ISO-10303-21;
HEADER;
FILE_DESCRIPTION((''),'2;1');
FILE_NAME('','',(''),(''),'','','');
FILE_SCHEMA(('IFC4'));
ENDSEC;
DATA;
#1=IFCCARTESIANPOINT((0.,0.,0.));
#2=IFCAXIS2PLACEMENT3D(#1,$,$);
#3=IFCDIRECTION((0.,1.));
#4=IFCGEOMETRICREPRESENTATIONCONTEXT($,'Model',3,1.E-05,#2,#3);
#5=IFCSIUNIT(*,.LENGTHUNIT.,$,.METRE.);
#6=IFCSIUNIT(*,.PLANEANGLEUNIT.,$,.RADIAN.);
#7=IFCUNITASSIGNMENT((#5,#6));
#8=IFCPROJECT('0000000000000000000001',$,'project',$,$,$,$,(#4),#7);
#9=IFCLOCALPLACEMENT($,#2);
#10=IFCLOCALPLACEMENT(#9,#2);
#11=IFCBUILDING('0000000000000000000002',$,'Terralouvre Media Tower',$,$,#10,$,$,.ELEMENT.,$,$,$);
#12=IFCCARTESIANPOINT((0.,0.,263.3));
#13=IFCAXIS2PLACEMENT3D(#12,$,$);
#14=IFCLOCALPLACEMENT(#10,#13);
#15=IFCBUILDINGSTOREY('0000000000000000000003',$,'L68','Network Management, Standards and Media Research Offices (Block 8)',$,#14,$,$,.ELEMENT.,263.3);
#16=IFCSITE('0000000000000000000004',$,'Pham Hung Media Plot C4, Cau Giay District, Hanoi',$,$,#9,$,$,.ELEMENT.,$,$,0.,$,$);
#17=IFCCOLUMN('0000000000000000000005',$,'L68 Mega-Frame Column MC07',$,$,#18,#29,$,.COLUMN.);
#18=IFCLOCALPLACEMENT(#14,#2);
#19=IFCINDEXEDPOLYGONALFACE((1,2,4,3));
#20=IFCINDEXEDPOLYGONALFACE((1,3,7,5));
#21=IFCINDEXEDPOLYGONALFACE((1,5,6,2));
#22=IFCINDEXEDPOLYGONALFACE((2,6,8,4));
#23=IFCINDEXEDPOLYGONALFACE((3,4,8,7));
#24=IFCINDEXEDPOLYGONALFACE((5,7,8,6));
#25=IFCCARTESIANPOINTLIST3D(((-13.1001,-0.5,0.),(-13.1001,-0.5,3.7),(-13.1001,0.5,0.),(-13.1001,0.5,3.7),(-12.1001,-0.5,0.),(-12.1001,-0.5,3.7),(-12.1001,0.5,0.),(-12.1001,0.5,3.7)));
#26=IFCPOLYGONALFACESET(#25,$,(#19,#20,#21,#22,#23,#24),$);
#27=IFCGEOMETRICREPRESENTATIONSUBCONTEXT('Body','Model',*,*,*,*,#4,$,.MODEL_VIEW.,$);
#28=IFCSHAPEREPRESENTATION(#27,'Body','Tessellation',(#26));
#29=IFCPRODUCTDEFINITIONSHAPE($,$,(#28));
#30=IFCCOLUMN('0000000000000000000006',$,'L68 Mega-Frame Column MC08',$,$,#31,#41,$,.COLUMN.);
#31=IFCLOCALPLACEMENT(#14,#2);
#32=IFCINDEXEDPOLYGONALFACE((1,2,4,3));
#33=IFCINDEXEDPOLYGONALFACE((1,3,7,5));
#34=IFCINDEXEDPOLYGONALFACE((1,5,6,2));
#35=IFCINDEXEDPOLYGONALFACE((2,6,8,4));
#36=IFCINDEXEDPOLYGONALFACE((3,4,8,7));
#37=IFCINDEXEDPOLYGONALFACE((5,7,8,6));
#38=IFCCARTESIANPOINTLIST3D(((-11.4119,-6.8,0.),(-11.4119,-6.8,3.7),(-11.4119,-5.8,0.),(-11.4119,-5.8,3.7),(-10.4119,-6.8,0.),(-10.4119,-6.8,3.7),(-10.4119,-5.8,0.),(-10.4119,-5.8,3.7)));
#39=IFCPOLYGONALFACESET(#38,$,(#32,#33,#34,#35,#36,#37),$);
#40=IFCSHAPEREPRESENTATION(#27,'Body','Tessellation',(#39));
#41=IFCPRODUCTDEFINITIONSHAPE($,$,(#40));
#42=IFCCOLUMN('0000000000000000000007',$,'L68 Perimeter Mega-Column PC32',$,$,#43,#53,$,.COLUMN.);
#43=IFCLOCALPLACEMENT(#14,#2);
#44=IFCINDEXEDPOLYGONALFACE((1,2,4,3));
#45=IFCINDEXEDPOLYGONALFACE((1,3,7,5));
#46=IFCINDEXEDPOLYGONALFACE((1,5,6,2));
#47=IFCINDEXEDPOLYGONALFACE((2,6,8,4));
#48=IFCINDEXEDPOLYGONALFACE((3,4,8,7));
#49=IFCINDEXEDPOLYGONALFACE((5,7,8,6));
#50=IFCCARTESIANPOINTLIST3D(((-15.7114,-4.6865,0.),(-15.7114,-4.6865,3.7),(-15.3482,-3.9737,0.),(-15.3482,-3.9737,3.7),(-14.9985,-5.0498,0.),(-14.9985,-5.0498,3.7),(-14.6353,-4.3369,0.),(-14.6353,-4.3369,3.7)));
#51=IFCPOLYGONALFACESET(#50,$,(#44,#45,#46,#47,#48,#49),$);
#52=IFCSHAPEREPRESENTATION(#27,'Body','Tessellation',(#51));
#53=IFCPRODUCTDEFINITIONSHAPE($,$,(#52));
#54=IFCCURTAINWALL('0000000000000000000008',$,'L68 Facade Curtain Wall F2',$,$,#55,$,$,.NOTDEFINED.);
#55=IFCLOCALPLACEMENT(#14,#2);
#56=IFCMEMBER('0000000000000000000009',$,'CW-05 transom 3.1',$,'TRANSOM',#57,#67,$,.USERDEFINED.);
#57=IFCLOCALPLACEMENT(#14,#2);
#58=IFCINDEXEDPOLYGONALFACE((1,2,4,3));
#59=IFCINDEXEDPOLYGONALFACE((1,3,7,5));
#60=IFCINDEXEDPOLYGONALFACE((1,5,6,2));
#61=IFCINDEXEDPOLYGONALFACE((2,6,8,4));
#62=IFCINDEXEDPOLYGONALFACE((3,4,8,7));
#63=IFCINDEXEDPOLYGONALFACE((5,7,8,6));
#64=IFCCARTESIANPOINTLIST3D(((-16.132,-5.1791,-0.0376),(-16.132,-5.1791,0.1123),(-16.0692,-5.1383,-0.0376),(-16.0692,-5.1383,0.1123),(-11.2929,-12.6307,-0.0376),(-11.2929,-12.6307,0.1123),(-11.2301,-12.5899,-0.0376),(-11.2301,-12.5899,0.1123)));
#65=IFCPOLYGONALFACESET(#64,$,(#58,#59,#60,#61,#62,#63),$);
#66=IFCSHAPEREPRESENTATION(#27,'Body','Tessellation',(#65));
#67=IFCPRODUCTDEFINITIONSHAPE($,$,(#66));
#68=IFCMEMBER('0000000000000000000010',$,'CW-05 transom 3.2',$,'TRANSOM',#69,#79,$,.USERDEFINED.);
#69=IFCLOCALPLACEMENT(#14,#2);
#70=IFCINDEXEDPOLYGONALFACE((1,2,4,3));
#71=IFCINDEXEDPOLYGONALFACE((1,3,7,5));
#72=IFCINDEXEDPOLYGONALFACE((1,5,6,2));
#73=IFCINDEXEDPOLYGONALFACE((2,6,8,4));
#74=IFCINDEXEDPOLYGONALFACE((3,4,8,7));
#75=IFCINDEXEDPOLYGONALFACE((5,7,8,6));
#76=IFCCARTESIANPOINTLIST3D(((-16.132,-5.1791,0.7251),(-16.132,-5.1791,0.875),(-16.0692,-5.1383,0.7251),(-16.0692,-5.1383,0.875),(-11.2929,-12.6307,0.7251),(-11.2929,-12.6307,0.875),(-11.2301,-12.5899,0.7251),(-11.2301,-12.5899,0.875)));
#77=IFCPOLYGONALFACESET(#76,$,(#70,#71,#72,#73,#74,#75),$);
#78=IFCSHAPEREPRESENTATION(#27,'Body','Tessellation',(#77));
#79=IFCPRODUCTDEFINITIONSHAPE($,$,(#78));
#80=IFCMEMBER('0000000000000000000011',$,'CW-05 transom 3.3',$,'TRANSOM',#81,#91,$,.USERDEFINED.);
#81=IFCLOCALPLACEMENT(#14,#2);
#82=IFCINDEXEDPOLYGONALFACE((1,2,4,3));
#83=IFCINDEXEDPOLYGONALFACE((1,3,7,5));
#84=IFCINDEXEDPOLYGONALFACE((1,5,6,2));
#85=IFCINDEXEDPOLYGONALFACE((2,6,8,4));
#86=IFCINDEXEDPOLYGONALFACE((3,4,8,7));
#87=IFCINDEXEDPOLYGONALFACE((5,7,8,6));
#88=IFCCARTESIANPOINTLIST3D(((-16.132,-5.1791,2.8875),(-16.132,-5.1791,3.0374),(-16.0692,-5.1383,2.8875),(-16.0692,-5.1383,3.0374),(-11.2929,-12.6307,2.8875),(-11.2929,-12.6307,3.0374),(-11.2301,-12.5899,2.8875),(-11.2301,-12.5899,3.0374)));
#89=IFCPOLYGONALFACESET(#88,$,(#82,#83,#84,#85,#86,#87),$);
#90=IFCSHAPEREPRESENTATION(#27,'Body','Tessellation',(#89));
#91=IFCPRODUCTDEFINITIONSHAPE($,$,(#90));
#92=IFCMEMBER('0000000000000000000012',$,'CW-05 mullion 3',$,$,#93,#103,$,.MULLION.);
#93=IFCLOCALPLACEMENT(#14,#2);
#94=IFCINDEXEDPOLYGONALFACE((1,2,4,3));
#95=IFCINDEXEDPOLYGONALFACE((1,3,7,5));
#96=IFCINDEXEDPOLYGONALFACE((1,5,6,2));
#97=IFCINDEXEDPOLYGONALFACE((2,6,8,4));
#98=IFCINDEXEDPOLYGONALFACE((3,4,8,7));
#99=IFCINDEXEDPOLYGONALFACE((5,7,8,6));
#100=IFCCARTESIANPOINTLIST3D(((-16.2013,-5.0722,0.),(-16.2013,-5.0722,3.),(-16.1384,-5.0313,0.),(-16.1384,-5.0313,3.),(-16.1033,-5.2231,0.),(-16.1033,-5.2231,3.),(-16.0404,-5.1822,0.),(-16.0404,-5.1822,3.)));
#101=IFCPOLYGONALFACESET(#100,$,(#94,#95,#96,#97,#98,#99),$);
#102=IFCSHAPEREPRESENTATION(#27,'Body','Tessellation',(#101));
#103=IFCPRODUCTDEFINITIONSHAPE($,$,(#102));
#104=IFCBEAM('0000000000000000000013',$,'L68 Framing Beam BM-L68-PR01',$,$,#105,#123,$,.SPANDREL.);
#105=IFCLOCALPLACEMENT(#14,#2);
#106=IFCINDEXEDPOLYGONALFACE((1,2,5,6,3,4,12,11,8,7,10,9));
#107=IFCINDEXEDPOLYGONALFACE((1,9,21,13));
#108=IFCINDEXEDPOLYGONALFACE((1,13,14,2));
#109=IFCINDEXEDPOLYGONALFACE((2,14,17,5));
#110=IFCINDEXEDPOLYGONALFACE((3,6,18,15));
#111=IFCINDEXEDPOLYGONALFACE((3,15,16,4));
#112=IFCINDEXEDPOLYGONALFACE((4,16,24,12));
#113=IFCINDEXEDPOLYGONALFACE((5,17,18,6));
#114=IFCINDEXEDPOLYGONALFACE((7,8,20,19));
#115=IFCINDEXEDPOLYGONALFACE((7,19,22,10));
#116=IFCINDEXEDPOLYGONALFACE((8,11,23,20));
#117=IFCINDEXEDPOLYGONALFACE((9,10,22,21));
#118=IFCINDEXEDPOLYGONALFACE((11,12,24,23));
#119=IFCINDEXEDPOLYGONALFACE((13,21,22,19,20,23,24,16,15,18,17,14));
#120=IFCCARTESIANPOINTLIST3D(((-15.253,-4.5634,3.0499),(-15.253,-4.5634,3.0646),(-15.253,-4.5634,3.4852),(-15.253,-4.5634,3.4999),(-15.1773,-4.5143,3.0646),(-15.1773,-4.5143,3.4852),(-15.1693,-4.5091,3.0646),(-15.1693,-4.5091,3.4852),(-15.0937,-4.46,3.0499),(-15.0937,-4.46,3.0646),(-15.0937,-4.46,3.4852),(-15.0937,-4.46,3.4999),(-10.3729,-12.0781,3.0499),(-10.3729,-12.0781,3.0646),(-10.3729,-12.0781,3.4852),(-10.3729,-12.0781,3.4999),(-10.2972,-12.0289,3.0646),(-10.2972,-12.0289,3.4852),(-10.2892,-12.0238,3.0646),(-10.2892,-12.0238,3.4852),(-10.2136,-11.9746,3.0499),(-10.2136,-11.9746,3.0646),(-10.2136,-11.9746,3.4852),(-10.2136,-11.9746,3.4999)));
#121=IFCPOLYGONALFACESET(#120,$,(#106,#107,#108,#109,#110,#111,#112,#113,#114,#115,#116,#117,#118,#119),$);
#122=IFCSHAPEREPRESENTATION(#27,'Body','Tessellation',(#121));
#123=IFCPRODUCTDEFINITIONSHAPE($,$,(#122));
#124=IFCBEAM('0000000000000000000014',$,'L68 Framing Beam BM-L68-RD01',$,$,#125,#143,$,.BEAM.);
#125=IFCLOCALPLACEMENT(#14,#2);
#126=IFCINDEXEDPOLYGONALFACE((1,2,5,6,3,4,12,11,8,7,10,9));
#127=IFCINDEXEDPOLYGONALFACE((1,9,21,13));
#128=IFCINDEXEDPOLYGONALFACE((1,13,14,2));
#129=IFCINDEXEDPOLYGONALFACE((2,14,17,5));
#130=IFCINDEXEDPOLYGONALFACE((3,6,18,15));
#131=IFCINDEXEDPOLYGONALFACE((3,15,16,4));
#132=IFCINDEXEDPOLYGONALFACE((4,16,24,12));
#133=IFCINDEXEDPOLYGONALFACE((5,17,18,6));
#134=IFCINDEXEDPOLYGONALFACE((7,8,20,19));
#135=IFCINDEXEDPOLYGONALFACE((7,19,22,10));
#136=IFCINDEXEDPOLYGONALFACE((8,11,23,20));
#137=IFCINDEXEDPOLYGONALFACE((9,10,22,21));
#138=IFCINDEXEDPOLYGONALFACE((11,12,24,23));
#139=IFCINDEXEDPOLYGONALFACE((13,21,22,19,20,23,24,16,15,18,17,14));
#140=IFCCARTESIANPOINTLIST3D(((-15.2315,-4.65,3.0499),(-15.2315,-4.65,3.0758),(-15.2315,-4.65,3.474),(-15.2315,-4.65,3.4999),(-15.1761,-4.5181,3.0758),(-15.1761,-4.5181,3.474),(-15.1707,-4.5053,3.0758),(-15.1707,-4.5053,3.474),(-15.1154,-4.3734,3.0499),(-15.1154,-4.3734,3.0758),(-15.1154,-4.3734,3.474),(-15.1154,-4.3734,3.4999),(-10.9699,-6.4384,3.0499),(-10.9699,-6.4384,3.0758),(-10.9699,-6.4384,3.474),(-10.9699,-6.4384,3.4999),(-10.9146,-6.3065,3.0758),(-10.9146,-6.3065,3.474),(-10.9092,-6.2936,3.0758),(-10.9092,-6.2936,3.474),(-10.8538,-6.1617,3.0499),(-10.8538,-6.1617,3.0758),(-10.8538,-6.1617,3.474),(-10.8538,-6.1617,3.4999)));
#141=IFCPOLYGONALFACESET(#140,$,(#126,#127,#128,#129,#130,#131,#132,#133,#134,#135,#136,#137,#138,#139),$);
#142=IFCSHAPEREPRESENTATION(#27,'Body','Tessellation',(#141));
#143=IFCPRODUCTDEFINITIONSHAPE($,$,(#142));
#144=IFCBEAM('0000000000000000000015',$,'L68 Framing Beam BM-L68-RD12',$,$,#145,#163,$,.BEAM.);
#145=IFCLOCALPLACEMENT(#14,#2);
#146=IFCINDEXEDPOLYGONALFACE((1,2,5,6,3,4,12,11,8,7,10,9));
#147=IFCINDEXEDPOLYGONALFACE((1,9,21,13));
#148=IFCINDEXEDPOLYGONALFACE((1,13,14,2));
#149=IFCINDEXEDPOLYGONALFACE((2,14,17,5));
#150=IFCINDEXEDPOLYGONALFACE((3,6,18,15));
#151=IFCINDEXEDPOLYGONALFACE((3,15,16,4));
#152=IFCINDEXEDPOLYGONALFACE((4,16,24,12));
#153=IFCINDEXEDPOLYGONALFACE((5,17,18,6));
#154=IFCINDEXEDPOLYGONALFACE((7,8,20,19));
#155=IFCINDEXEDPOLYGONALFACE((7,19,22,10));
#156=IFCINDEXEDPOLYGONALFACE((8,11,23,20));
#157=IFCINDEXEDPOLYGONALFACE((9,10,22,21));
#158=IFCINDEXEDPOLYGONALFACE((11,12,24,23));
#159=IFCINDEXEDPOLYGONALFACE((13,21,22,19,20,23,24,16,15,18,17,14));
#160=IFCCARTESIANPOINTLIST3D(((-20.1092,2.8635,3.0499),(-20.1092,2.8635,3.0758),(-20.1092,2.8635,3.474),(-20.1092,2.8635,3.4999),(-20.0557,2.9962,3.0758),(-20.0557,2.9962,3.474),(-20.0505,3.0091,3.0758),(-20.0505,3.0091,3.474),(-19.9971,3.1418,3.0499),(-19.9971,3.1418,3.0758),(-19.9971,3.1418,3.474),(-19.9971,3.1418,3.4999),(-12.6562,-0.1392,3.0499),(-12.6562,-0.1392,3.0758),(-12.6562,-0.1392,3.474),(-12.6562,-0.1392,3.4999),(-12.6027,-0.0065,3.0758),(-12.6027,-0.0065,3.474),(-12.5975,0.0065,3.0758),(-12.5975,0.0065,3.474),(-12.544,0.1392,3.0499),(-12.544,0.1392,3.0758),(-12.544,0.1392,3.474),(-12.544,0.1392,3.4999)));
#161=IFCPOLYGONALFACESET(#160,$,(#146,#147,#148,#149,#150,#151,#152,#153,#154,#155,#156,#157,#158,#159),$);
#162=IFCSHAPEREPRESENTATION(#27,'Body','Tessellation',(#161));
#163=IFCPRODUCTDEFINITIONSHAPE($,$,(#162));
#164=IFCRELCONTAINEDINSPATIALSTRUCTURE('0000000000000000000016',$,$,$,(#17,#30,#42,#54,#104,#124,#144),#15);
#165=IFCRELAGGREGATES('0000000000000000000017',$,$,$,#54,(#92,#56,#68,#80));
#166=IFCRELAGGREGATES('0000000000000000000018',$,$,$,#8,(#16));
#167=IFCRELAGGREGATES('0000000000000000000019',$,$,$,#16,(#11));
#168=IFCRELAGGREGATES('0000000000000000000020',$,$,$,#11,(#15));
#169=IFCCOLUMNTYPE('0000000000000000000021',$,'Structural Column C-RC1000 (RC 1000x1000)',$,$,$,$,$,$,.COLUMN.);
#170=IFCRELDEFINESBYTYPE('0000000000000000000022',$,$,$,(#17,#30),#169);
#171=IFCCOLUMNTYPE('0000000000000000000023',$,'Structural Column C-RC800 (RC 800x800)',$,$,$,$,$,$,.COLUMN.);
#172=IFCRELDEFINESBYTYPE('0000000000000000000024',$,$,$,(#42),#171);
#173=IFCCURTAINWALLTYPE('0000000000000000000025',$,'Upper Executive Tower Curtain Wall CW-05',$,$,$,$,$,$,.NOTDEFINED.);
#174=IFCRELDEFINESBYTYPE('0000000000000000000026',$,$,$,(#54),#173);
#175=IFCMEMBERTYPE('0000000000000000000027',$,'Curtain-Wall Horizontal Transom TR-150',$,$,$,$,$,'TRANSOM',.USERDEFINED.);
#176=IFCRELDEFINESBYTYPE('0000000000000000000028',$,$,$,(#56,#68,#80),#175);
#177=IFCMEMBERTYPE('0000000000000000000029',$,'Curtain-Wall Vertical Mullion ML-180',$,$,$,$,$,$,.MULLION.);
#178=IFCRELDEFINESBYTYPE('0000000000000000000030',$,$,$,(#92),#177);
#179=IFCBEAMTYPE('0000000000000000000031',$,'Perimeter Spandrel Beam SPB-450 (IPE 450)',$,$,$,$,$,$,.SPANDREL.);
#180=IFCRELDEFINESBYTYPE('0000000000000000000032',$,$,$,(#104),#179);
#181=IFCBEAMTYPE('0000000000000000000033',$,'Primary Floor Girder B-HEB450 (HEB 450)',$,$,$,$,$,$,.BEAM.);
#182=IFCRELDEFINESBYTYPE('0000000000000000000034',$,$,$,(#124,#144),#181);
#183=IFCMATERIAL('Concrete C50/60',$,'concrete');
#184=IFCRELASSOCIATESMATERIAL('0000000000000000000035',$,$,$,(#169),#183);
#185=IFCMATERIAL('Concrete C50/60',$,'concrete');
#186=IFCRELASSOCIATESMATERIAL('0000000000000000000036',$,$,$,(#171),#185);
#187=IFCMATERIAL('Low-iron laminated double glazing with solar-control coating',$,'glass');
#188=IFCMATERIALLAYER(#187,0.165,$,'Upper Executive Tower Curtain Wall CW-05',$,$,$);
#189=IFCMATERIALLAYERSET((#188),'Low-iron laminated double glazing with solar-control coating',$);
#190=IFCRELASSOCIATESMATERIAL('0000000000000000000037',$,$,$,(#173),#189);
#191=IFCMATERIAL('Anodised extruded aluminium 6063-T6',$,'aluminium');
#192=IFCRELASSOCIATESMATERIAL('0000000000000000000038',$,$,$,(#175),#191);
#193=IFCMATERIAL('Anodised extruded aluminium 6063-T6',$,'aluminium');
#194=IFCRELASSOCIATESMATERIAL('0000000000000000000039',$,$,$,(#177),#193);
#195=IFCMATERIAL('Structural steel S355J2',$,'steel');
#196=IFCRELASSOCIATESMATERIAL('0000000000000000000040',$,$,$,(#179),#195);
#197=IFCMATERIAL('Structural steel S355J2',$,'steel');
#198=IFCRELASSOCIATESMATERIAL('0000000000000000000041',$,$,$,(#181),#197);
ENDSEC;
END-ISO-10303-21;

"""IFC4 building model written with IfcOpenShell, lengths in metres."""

from ifc_helpers import new_model, si_unit, direction, frame, origin, origin_2d, place, context, subcontext, project, spatial, rectangle, i_section, extrude, material, layer, layer_set, material_profile, profile_set, type_object, element, aggregate, save


model = new_model("IFC4")

# Units and contexts
model_context = context("Model", 3, precision=1e-05, world=origin(), true_north=direction((0.0, 1.0)))
body_context = subcontext(model_context, "Body", "Model", "MODEL_VIEW")
ifc_project = project(units=[si_unit("LENGTHUNIT", "METRE"), si_unit("PLANEANGLEUNIT", "RADIAN")], contexts=[model_context])

# Site, building, storey
site_placement = place(None, origin())
site = spatial("IfcSite", under=ifc_project, at=site_placement, Name="Pham Hung Media Plot C4, Cau Giay District, Hanoi", CompositionType="ELEMENT", RefElevation=0.0)
building_placement = place(site_placement, origin())
building = spatial("IfcBuilding", under=site, at=building_placement, Name="Terralouvre Media Tower", CompositionType="ELEMENT")
storey_placement = place(building_placement, frame((0.0, 0.0, 263.3)))
storey = spatial("IfcBuildingStorey", under=building, at=storey_placement, Name="L68", Description="Network Management, Standards and Media Research Offices (Block 8)", CompositionType="ELEMENT", Elevation=263.3)

# Columns
ifc_material_1 = material(Name="Concrete C50/60", Category="concrete")
ifc_material_profile_1 = material_profile(ifc_material_1, rectangle(XDim=1.0, YDim=1.0, at=origin_2d()), Name="RC 1000x1000")
ifc_profile_set_1 = profile_set([ifc_material_profile_1], Name="Concrete C50/60")
column_type_1 = type_object("IfcColumnType", Name="Structural Column C-RC1000 (RC 1000x1000)", PredefinedType="COLUMN", material=ifc_profile_set_1)
for number, where, z_axis, x_axis, name in (
    (1, (-12.6001, 0.0, 0.0), (0.0, 0.0, 1.0), (1.0, 0.0, 0.0), "L68 Mega-Frame Column MC07"),
    (2, (-10.9119, -6.3, 0.0), (0.0, 0.0, 1.0), (1.0, 0.0, 0.0), "L68 Mega-Frame Column MC08"),
):
    element("IfcColumn", number, at=place(storey_placement, frame(where, z_axis=z_axis, x_axis=x_axis)), inside=storey, type_object=column_type_1, Name=name, PredefinedType="COLUMN", context=body_context, shape_type="SweptSolid", body=[
        extrude(rectangle(XDim=1.0, YDim=1.0, at=origin_2d()), origin(), (0.0, 0.0, 1.0), 3.7),
    ])
ifc_material_2 = material(Name="Concrete C50/60", Category="concrete")
ifc_material_profile_2 = material_profile(ifc_material_2, rectangle(XDim=0.8, YDim=0.8, at=origin_2d()), Name="RC 800x800")
ifc_profile_set_2 = profile_set([ifc_material_profile_2], Name="Concrete C50/60")
column_type_2 = type_object("IfcColumnType", Name="Structural Column C-RC800 (RC 800x800)", PredefinedType="COLUMN", material=ifc_profile_set_2)
column_placement = place(storey_placement, frame((-15.1733, -4.5117, 0.0), z_axis=(0.0, 0.0, 1.0), x_axis=(0.45399, 0.891007, 0.0)))
element("IfcColumn", 3, at=column_placement, inside=storey, type_object=column_type_2, Name="L68 Perimeter Mega-Column PC32", PredefinedType="COLUMN", context=body_context, shape_type="SweptSolid", body=[
    extrude(rectangle(XDim=0.8, YDim=0.8, at=origin_2d()), origin(), (0.0, 0.0, 1.0), 3.7),
])

# Curtain wall, members
ifc_material_3 = material(Name="Low-iron laminated double glazing with solar-control coating", Category="glass")
ifc_layer_1 = layer(ifc_material_3, 0.165, Name="Upper Executive Tower Curtain Wall CW-05")
ifc_layer_set_1 = layer_set([ifc_layer_1], Name="Low-iron laminated double glazing with solar-control coating")
curtain_wall_type = type_object("IfcCurtainWallType", Name="Upper Executive Tower Curtain Wall CW-05", PredefinedType="NOTDEFINED", material=ifc_layer_set_1)
curtain_wall_placement = place(storey_placement, origin())
curtain_wall = element("IfcCurtainWall", 4, at=curtain_wall_placement, inside=storey, type_object=curtain_wall_type, Name="L68 Facade Curtain Wall F2", PredefinedType="NOTDEFINED")
ifc_material_4 = material(Name="Anodised extruded aluminium 6063-T6", Category="aluminium")
ifc_material_profile_3 = material_profile(ifc_material_4, rectangle(XDim=0.075, YDim=0.1499, at=origin_2d()), Name="ALU 75x150")
ifc_profile_set_3 = profile_set([ifc_material_profile_3], Name="Anodised extruded aluminium 6063-T6")
member_type_1 = type_object("IfcMemberType", Name="Curtain-Wall Horizontal Transom TR-150", ElementType="TRANSOM", PredefinedType="USERDEFINED", material=ifc_profile_set_3)
member_1_placement = place(storey_placement, frame((-16.1006, -5.1587, 0.0374), z_axis=(0.544635, -0.838673, 0.0), x_axis=(0.838673, 0.544635, 0.0)))
member_1 = element("IfcMember", 5, at=member_1_placement, type_object=member_type_1, Name="CW-05 transom 3.1", ObjectType="TRANSOM", PredefinedType="USERDEFINED", context=body_context, shape_type="SweptSolid", body=[
    extrude(rectangle(XDim=0.075, YDim=0.1499, at=origin_2d()), origin(), (0.0, 0.0, 1.0), 8.885),
])
member_2_placement = place(storey_placement, frame((-16.1006, -5.1587, 0.8), z_axis=(0.544635, -0.838673, 0.0), x_axis=(0.838673, 0.544635, 0.0)))
member_2 = element("IfcMember", 6, at=member_2_placement, type_object=member_type_1, Name="CW-05 transom 3.2", ObjectType="TRANSOM", PredefinedType="USERDEFINED", context=body_context, shape_type="SweptSolid", body=[
    extrude(rectangle(XDim=0.075, YDim=0.1499, at=origin_2d()), origin(), (0.0, 0.0, 1.0), 8.885),
])
member_3_placement = place(storey_placement, frame((-16.1006, -5.1587, 2.9624), z_axis=(0.544635, -0.838673, 0.0), x_axis=(0.838673, 0.544635, 0.0)))
member_3 = element("IfcMember", 7, at=member_3_placement, type_object=member_type_1, Name="CW-05 transom 3.3", ObjectType="TRANSOM", PredefinedType="USERDEFINED", context=body_context, shape_type="SweptSolid", body=[
    extrude(rectangle(XDim=0.075, YDim=0.1499, at=origin_2d()), origin(), (0.0, 0.0, 1.0), 8.885),
])
ifc_material_5 = material(Name="Anodised extruded aluminium 6063-T6", Category="aluminium")
ifc_material_profile_4 = material_profile(ifc_material_5, rectangle(XDim=0.075, YDim=0.1799, at=origin_2d()), Name="ALU 75x180")
ifc_profile_set_4 = profile_set([ifc_material_profile_4], Name="Anodised extruded aluminium 6063-T6")
member_type_2 = type_object("IfcMemberType", Name="Curtain-Wall Vertical Mullion ML-180", PredefinedType="MULLION", material=ifc_profile_set_4)
member_4_placement = place(storey_placement, frame((-16.1208, -5.1272, 0.0), z_axis=(0.0, 0.0, 1.0), x_axis=(0.838671, 0.544639, 0.0)))
member_4 = element("IfcMember", 8, at=member_4_placement, type_object=member_type_2, Name="CW-05 mullion 3", PredefinedType="MULLION", context=body_context, shape_type="SweptSolid", body=[
    extrude(rectangle(XDim=0.075, YDim=0.1799, at=origin_2d()), origin(), (0.0, 0.0, 1.0), 3.0),
])

# Beams
ifc_material_6 = material(Name="Structural steel S355J2", Category="steel")
ifc_material_profile_5 = material_profile(ifc_material_6, i_section(OverallWidth=0.1899, OverallDepth=0.45, WebThickness=0.0095, FlangeThickness=0.0146, at=origin_2d()), Name="IPE 450")
ifc_profile_set_5 = profile_set([ifc_material_profile_5], Name="Structural steel S355J2")
beam_type_1 = type_object("IfcBeamType", Name="Perimeter Spandrel Beam SPB-450 (IPE 450)", PredefinedType="SPANDREL", material=ifc_profile_set_5)
beam_1_placement = place(storey_placement, frame((-15.1733, -4.5117, 3.2749), z_axis=(0.544644, -0.838668, 0.0), x_axis=(0.838668, 0.544644, 0.0)))
element("IfcBeam", 9, at=beam_1_placement, inside=storey, type_object=beam_type_1, Name="L68 Framing Beam BM-L68-PR01", PredefinedType="SPANDREL", context=body_context, shape_type="SweptSolid", body=[
    extrude(i_section(OverallWidth=0.1899, OverallDepth=0.45, WebThickness=0.0095, FlangeThickness=0.0146, at=origin_2d()), origin(), (0.0, 0.0, 1.0), 8.9602),
])
ifc_material_7 = material(Name="Structural steel S355J2", Category="steel")
ifc_material_profile_6 = material_profile(ifc_material_7, i_section(OverallWidth=0.3, OverallDepth=0.45, WebThickness=0.0139, FlangeThickness=0.0259, at=origin_2d()), Name="HEB 450")
ifc_profile_set_6 = profile_set([ifc_material_profile_6], Name="Structural steel S355J2")
beam_type_2 = type_object("IfcBeamType", Name="Primary Floor Girder B-HEB450 (HEB 450)", PredefinedType="BEAM", material=ifc_profile_set_6)
beam_2_placement = place(storey_placement, frame((-10.9119, -6.3, 3.2749), z_axis=(-0.922097, 0.386959, 0.0), x_axis=(-0.386959, -0.922097, 0.0)))
element("IfcBeam", 10, at=beam_2_placement, inside=storey, type_object=beam_type_2, Name="L68 Framing Beam BM-L68-RD01", PredefinedType="BEAM", context=body_context, shape_type="SweptSolid", body=[
    extrude(i_section(OverallWidth=0.3, OverallDepth=0.45, WebThickness=0.0139, FlangeThickness=0.0259, at=origin_2d()), origin(), (0.0, 0.0, 1.0), 4.6216),
])
beam_3_placement = place(storey_placement, frame((-12.6001, 0.0, 3.2749), z_axis=(-0.927554, 0.373689, 0.0), x_axis=(-0.373689, -0.927554, 0.0)))
element("IfcBeam", 11, at=beam_3_placement, inside=storey, type_object=beam_type_2, Name="L68 Framing Beam BM-L68-RD12", PredefinedType="BEAM", context=body_context, shape_type="SweptSolid", body=[
    extrude(i_section(OverallWidth=0.3, OverallDepth=0.45, WebThickness=0.0139, FlangeThickness=0.0259, at=origin_2d()), origin(), (0.0, 0.0, 1.0), 8.0352),
])

aggregate(curtain_wall, [member_4, member_1, member_2, member_3])

save(model, "model.ifc")
